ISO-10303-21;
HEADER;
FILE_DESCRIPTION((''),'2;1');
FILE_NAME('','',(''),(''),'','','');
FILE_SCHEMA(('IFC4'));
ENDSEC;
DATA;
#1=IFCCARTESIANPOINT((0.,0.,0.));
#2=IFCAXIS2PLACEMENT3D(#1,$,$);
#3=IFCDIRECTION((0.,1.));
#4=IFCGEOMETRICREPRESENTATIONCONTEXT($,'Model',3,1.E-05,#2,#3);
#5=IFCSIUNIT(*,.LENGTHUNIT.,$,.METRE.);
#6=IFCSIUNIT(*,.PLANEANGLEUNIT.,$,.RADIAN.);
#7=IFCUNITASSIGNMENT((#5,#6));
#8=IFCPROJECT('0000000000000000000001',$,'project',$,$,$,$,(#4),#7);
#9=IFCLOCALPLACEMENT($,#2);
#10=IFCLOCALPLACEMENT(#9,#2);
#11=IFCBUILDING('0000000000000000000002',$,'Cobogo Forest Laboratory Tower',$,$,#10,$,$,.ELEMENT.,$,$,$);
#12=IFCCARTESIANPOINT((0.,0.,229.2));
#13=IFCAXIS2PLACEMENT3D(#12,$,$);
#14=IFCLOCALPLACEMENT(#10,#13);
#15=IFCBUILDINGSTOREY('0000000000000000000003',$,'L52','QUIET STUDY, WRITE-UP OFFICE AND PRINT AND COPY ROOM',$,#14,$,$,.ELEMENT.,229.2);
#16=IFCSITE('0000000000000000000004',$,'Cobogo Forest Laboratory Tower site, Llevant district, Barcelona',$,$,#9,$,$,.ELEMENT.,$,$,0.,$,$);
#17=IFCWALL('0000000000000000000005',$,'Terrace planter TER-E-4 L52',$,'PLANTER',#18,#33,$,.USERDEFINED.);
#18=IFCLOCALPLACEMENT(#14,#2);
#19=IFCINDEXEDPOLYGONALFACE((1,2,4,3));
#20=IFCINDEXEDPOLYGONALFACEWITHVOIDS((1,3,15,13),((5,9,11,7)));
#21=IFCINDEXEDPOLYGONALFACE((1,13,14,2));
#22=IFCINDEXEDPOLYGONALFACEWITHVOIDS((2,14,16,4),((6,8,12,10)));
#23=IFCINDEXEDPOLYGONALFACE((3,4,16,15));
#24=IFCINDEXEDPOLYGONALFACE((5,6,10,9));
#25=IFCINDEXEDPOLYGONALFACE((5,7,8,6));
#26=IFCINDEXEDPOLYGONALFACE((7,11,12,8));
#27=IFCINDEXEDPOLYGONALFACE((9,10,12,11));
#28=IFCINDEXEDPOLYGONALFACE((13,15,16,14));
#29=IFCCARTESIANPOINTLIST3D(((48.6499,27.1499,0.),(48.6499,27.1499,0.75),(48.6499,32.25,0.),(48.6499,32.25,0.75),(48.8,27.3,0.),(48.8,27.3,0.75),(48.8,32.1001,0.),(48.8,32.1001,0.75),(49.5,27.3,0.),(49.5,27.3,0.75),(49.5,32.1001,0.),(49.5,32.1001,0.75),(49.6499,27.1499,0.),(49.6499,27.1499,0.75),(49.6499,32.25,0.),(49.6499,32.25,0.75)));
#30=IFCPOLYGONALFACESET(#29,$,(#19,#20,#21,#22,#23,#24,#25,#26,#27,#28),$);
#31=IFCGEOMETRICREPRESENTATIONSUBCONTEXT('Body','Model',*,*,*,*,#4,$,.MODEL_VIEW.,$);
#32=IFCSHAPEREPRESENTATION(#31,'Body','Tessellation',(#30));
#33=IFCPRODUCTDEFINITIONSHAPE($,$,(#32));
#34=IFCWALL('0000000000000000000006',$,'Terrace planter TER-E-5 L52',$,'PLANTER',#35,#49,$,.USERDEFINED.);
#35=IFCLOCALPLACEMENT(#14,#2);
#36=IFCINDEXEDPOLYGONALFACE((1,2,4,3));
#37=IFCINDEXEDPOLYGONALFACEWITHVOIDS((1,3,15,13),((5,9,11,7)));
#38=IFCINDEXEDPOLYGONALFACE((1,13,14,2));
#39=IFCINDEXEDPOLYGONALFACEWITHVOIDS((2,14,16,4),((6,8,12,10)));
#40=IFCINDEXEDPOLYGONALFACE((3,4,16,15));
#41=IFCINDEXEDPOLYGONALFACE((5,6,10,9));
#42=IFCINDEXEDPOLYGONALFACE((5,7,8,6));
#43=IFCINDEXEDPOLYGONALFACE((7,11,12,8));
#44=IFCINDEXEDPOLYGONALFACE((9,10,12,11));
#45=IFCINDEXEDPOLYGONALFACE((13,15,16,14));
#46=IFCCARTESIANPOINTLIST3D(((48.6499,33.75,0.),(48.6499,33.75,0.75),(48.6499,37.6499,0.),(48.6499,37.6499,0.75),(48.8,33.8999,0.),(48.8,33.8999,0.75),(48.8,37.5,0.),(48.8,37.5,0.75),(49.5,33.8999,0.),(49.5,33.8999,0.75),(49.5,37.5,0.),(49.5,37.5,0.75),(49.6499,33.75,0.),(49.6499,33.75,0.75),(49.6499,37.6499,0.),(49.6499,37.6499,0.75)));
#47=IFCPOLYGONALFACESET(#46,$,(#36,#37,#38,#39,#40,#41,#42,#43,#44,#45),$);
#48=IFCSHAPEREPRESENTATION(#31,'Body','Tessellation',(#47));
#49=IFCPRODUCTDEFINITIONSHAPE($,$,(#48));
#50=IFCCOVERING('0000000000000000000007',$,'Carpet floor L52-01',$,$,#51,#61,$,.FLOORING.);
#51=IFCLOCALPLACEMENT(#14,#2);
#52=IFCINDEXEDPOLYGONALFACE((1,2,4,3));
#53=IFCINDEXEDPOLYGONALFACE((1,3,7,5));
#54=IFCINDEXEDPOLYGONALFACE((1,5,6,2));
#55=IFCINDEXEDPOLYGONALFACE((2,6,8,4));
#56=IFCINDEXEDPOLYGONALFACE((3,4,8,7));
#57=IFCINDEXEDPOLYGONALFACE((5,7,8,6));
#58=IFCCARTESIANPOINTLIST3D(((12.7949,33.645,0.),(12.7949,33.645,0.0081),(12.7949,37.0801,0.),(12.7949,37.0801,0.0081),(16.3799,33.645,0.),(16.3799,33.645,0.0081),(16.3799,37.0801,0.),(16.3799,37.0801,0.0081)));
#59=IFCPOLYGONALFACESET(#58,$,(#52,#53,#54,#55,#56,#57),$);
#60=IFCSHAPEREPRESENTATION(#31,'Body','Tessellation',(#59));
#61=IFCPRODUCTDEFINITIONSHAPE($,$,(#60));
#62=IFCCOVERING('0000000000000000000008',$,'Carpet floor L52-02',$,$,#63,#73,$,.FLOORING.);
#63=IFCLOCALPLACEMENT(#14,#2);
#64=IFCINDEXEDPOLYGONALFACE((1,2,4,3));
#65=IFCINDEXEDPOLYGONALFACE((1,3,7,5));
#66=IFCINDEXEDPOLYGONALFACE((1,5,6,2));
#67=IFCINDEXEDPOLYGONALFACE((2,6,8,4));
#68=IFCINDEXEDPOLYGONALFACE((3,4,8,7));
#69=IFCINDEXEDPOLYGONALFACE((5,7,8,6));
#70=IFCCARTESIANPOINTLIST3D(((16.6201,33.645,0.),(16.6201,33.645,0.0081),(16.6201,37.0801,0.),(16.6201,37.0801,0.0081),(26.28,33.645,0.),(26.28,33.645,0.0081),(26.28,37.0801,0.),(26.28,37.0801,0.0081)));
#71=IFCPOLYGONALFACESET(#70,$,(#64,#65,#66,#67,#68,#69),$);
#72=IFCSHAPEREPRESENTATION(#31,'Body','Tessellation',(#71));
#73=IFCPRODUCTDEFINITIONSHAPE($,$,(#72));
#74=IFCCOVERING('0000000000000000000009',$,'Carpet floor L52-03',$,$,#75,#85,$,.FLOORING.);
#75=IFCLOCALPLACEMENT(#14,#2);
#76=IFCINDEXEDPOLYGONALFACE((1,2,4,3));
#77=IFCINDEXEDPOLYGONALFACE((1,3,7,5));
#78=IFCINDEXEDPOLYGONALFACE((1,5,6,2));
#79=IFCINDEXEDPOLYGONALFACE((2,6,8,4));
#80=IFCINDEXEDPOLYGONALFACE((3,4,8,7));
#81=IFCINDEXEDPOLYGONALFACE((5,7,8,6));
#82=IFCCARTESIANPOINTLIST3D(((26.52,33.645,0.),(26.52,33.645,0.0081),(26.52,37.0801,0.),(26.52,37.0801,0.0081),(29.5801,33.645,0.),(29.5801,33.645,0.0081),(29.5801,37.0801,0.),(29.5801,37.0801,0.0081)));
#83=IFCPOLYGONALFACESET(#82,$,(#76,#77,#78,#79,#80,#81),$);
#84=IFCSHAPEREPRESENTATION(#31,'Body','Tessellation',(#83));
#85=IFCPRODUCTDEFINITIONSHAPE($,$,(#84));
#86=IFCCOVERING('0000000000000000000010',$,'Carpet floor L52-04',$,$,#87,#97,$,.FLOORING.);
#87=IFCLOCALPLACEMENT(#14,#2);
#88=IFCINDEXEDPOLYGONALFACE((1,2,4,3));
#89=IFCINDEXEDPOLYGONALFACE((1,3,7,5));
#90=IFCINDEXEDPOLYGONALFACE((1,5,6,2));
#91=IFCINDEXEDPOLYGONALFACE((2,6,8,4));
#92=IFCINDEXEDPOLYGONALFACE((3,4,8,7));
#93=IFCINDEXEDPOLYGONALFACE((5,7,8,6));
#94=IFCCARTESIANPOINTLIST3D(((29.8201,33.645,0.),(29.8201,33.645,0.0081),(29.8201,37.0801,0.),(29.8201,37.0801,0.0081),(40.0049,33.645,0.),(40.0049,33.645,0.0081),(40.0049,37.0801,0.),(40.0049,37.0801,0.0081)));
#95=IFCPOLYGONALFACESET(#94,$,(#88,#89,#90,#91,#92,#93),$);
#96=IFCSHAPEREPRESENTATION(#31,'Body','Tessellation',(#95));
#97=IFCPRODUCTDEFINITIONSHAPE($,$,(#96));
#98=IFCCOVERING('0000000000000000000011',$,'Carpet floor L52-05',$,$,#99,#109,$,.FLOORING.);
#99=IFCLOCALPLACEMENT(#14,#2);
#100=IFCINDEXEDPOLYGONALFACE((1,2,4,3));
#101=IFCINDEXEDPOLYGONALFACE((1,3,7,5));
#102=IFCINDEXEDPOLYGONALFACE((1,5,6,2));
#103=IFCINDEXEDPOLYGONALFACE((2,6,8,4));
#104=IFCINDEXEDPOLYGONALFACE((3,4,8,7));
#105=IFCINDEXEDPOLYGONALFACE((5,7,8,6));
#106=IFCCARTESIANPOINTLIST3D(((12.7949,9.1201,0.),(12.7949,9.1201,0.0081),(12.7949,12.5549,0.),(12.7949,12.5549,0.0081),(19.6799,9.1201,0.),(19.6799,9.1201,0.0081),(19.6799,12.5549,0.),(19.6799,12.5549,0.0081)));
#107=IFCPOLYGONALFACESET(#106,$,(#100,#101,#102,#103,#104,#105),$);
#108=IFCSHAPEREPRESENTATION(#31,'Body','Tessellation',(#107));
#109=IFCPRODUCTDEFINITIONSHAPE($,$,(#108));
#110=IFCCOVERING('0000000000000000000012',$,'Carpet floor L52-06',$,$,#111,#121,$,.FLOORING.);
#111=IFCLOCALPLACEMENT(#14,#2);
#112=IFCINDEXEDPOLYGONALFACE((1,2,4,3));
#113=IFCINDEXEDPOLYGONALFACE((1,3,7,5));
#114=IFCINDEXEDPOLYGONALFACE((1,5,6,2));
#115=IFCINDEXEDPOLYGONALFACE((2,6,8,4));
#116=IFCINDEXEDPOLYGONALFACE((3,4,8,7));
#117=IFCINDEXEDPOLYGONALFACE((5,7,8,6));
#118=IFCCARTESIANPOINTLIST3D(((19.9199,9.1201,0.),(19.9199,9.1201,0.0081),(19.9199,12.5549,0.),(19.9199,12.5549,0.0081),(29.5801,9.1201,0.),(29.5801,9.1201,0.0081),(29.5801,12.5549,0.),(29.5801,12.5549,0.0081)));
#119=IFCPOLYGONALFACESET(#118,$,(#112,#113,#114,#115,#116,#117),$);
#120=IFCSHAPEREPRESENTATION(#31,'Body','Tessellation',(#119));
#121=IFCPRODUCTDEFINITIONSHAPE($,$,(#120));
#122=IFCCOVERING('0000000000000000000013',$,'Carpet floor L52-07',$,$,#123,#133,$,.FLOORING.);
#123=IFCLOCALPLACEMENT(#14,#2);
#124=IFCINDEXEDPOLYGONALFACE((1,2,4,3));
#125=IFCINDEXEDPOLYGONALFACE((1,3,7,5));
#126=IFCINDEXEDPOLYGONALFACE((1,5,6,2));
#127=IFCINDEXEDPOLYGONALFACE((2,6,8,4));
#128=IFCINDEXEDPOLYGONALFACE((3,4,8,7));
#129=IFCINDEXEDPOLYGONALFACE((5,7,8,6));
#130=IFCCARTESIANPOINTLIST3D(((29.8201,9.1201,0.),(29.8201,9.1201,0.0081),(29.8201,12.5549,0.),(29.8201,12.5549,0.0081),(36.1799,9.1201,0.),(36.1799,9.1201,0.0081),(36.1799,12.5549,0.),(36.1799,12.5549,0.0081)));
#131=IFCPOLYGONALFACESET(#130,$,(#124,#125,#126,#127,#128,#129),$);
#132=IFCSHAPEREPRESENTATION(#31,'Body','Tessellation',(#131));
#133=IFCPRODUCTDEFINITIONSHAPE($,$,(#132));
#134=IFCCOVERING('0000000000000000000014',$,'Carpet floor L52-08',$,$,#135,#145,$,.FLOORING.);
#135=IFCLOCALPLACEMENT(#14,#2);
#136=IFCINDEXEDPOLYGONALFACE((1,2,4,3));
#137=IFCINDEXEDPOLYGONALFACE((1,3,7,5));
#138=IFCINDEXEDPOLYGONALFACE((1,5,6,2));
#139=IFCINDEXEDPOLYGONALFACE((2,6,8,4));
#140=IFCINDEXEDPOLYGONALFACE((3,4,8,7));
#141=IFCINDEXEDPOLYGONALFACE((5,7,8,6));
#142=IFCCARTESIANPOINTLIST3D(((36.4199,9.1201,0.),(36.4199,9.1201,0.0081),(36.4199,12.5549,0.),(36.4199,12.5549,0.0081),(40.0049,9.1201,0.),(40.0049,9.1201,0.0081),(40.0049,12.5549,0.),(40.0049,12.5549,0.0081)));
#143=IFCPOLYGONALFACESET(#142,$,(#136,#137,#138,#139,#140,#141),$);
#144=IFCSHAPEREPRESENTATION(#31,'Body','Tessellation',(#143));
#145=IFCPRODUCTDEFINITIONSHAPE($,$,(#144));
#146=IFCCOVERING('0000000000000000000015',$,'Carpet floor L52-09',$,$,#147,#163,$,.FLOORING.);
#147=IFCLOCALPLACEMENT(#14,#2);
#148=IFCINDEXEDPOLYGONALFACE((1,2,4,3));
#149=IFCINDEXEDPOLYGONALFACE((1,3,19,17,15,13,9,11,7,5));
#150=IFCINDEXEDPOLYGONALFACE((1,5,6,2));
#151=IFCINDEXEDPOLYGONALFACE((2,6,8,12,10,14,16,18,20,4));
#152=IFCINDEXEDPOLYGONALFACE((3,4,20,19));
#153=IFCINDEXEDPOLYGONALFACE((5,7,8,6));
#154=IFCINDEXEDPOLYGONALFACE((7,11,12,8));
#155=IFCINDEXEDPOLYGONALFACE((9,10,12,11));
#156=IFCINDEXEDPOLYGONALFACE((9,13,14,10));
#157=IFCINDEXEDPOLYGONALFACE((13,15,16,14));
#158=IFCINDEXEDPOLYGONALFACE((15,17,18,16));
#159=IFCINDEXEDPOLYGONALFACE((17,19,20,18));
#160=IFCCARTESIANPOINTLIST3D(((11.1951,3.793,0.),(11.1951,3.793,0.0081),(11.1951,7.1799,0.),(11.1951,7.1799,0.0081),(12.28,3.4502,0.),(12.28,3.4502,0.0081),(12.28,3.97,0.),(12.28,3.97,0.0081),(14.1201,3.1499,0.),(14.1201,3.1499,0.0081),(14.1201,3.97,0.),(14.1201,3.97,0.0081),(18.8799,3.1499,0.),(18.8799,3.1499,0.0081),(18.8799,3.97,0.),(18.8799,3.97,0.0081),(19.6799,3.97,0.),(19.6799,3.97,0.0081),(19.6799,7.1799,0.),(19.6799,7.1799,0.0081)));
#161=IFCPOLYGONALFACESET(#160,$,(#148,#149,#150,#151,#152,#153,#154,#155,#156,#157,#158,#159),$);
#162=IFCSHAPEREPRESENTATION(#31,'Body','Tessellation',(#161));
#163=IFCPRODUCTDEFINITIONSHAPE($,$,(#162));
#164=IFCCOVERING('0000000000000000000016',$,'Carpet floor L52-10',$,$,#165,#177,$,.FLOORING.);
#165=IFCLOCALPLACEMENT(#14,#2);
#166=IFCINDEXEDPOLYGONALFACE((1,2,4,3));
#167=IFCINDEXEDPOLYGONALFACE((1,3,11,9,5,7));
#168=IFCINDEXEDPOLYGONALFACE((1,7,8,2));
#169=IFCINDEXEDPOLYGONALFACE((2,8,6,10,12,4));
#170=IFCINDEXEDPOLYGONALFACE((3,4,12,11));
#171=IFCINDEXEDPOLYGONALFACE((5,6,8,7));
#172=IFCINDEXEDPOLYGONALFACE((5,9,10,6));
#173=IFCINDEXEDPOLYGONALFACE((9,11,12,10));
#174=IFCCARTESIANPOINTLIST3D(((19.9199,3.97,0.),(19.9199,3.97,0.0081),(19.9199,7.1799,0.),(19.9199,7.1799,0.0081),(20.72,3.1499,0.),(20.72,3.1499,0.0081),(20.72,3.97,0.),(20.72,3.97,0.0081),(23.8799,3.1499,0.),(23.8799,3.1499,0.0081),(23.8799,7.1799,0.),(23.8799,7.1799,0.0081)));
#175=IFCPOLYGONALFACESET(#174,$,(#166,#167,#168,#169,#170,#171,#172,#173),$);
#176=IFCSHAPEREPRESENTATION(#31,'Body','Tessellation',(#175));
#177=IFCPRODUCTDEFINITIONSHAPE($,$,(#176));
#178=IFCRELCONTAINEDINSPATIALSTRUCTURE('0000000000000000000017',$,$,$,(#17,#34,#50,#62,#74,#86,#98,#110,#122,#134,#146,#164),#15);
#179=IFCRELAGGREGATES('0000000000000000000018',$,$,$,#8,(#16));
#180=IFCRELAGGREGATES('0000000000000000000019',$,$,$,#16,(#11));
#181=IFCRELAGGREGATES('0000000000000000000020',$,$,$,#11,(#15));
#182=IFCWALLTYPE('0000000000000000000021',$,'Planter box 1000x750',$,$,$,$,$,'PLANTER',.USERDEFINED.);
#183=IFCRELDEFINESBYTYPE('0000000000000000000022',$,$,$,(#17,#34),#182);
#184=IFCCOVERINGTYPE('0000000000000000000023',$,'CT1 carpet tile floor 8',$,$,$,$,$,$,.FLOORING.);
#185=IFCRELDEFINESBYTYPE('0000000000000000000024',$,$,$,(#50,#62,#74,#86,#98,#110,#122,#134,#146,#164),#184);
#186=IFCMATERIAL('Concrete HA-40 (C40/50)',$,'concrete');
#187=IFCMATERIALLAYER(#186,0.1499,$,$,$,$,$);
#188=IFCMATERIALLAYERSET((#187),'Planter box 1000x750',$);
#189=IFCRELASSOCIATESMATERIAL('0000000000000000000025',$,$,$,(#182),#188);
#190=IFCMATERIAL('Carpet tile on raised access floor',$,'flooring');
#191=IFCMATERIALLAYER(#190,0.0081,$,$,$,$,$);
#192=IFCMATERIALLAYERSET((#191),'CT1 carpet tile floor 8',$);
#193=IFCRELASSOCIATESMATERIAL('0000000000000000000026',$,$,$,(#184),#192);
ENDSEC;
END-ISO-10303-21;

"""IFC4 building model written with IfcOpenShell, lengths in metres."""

from ifc_helpers import new_model, si_unit, direction, frame, origin, place, context, subcontext, project, spatial, polyline, outline, extrude, material, layer, layer_set, type_object, element, save


model = new_model("IFC4")

# Units and contexts
model_context = context("Model", 3, precision=1e-05, world=origin(), true_north=direction((0.0, 1.0)))
body_context = subcontext(model_context, "Body", "Model", "MODEL_VIEW")
ifc_project = project(units=[si_unit("LENGTHUNIT", "METRE"), si_unit("PLANEANGLEUNIT", "RADIAN")], contexts=[model_context])

# Site, building, storey
site_placement = place(None, origin())
site = spatial("IfcSite", under=ifc_project, at=site_placement, Name="Cobogo Forest Laboratory Tower site, Llevant district, Barcelona", CompositionType="ELEMENT", RefElevation=0.0)
building_placement = place(site_placement, origin())
building = spatial("IfcBuilding", under=site, at=building_placement, Name="Cobogo Forest Laboratory Tower", CompositionType="ELEMENT")
storey_placement = place(building_placement, frame((0.0, 0.0, 229.2)))
storey = spatial("IfcBuildingStorey", under=building, at=storey_placement, Name="L52", Description="QUIET STUDY, WRITE-UP OFFICE AND PRINT AND COPY ROOM", CompositionType="ELEMENT", Elevation=229.2)

# Shared definitions
ifc_material_1 = material(Name="Concrete HA-40 (C40/50)", Category="concrete")

# Walls
ifc_layer_1 = layer(ifc_material_1, 0.1499)
ifc_layer_set_1 = layer_set([ifc_layer_1], Name="Planter box 1000x750")
wall_type = type_object("IfcWallType", Name="Planter box 1000x750", ElementType="PLANTER", PredefinedType="USERDEFINED", material=ifc_layer_set_1)
wall_1_placement = place(storey_placement, origin())
element("IfcWall", 1, at=wall_1_placement, inside=storey, type_object=wall_type, Name="Terrace planter TER-E-4 L52", ObjectType="PLANTER", PredefinedType="USERDEFINED", context=body_context, shape_type="SweptSolid", body=[
    extrude(outline(polyline([(48.6499, 27.1499), (49.6499, 27.1499), (49.6499, 32.25), (48.6499, 32.25), (48.6499, 27.1499)]), holes=[polyline([(48.8, 27.3), (49.5, 27.3), (49.5, 32.1001), (48.8, 32.1001), (48.8, 27.3)])]), origin(), (0.0, 0.0, 1.0), 0.75),
])
wall_2_placement = place(storey_placement, origin())
element("IfcWall", 2, at=wall_2_placement, inside=storey, type_object=wall_type, Name="Terrace planter TER-E-5 L52", ObjectType="PLANTER", PredefinedType="USERDEFINED", context=body_context, shape_type="SweptSolid", body=[
    extrude(outline(polyline([(48.6499, 33.75), (49.6499, 33.75), (49.6499, 37.6499), (48.6499, 37.6499), (48.6499, 33.75)]), holes=[polyline([(48.8, 33.8999), (49.5, 33.8999), (49.5, 37.5), (48.8, 37.5), (48.8, 33.8999)])]), origin(), (0.0, 0.0, 1.0), 0.75),
])

# Coverings
ifc_material_2 = material(Name="Carpet tile on raised access floor", Category="flooring")
ifc_layer_2 = layer(ifc_material_2, 0.0081)
ifc_layer_set_2 = layer_set([ifc_layer_2], Name="CT1 carpet tile floor 8")
covering_type = type_object("IfcCoveringType", Name="CT1 carpet tile floor 8", PredefinedType="FLOORING", material=ifc_layer_set_2)
covering_1_placement = place(storey_placement, origin())
element("IfcCovering", 3, at=covering_1_placement, inside=storey, type_object=covering_type, Name="Carpet floor L52-01", PredefinedType="FLOORING", context=body_context, shape_type="SweptSolid", body=[
    extrude(outline(polyline([(16.3799, 33.645), (12.7949, 33.645), (12.7949, 37.0801), (16.3799, 37.0801), (16.3799, 33.645)])), origin(), (0.0, 0.0, 1.0), 0.0081),
])
covering_2_placement = place(storey_placement, origin())
element("IfcCovering", 4, at=covering_2_placement, inside=storey, type_object=covering_type, Name="Carpet floor L52-02", PredefinedType="FLOORING", context=body_context, shape_type="SweptSolid", body=[
    extrude(outline(polyline([(26.28, 33.645), (16.6201, 33.645), (16.6201, 37.0801), (26.28, 37.0801), (26.28, 33.645)])), origin(), (0.0, 0.0, 1.0), 0.0081),
])
covering_3_placement = place(storey_placement, origin())
element("IfcCovering", 5, at=covering_3_placement, inside=storey, type_object=covering_type, Name="Carpet floor L52-03", PredefinedType="FLOORING", context=body_context, shape_type="SweptSolid", body=[
    extrude(outline(polyline([(29.5801, 33.645), (26.52, 33.645), (26.52, 37.0801), (29.5801, 37.0801), (29.5801, 33.645)])), origin(), (0.0, 0.0, 1.0), 0.0081),
])
covering_4_placement = place(storey_placement, origin())
element("IfcCovering", 6, at=covering_4_placement, inside=storey, type_object=covering_type, Name="Carpet floor L52-04", PredefinedType="FLOORING", context=body_context, shape_type="SweptSolid", body=[
    extrude(outline(polyline([(40.0049, 33.645), (29.8201, 33.645), (29.8201, 37.0801), (40.0049, 37.0801), (40.0049, 33.645)])), origin(), (0.0, 0.0, 1.0), 0.0081),
])
covering_5_placement = place(storey_placement, origin())
element("IfcCovering", 7, at=covering_5_placement, inside=storey, type_object=covering_type, Name="Carpet floor L52-05", PredefinedType="FLOORING", context=body_context, shape_type="SweptSolid", body=[
    extrude(outline(polyline([(19.6799, 9.1201), (12.7949, 9.1201), (12.7949, 12.5549), (19.6799, 12.5549), (19.6799, 9.1201)])), origin(), (0.0, 0.0, 1.0), 0.0081),
])
covering_6_placement = place(storey_placement, origin())
element("IfcCovering", 8, at=covering_6_placement, inside=storey, type_object=covering_type, Name="Carpet floor L52-06", PredefinedType="FLOORING", context=body_context, shape_type="SweptSolid", body=[
    extrude(outline(polyline([(29.5801, 9.1201), (19.9199, 9.1201), (19.9199, 12.5549), (29.5801, 12.5549), (29.5801, 9.1201)])), origin(), (0.0, 0.0, 1.0), 0.0081),
])
covering_7_placement = place(storey_placement, origin())
element("IfcCovering", 9, at=covering_7_placement, inside=storey, type_object=covering_type, Name="Carpet floor L52-07", PredefinedType="FLOORING", context=body_context, shape_type="SweptSolid", body=[
    extrude(outline(polyline([(36.1799, 9.1201), (29.8201, 9.1201), (29.8201, 12.5549), (36.1799, 12.5549), (36.1799, 9.1201)])), origin(), (0.0, 0.0, 1.0), 0.0081),
])
covering_8_placement = place(storey_placement, origin())
element("IfcCovering", 10, at=covering_8_placement, inside=storey, type_object=covering_type, Name="Carpet floor L52-08", PredefinedType="FLOORING", context=body_context, shape_type="SweptSolid", body=[
    extrude(outline(polyline([(40.0049, 9.1201), (36.4199, 9.1201), (36.4199, 12.5549), (40.0049, 12.5549), (40.0049, 9.1201)])), origin(), (0.0, 0.0, 1.0), 0.0081),
])
covering_9_placement = place(storey_placement, origin())
element("IfcCovering", 11, at=covering_9_placement, inside=storey, type_object=covering_type, Name="Carpet floor L52-09", PredefinedType="FLOORING", context=body_context, shape_type="SweptSolid", body=[
    extrude(outline(polyline([(19.6799, 7.1799), (19.6799, 3.97), (18.8799, 3.97), (18.8799, 3.1499), (14.1201, 3.1499), (14.1201, 3.97), (12.28, 3.97), (12.28, 3.4502), (11.1951, 3.793), (11.1951, 7.1799), (19.6799, 7.1799)])), origin(), (0.0, 0.0, 1.0), 0.0081),
])
covering_10_placement = place(storey_placement, origin())
element("IfcCovering", 12, at=covering_10_placement, inside=storey, type_object=covering_type, Name="Carpet floor L52-10", PredefinedType="FLOORING", context=body_context, shape_type="SweptSolid", body=[
    extrude(outline(polyline([(23.8799, 7.1799), (23.8799, 3.1499), (20.72, 3.1499), (20.72, 3.97), (19.9199, 3.97), (19.9199, 7.1799), (23.8799, 7.1799)])), origin(), (0.0, 0.0, 1.0), 0.0081),
])

save(model, "model.ifc")
